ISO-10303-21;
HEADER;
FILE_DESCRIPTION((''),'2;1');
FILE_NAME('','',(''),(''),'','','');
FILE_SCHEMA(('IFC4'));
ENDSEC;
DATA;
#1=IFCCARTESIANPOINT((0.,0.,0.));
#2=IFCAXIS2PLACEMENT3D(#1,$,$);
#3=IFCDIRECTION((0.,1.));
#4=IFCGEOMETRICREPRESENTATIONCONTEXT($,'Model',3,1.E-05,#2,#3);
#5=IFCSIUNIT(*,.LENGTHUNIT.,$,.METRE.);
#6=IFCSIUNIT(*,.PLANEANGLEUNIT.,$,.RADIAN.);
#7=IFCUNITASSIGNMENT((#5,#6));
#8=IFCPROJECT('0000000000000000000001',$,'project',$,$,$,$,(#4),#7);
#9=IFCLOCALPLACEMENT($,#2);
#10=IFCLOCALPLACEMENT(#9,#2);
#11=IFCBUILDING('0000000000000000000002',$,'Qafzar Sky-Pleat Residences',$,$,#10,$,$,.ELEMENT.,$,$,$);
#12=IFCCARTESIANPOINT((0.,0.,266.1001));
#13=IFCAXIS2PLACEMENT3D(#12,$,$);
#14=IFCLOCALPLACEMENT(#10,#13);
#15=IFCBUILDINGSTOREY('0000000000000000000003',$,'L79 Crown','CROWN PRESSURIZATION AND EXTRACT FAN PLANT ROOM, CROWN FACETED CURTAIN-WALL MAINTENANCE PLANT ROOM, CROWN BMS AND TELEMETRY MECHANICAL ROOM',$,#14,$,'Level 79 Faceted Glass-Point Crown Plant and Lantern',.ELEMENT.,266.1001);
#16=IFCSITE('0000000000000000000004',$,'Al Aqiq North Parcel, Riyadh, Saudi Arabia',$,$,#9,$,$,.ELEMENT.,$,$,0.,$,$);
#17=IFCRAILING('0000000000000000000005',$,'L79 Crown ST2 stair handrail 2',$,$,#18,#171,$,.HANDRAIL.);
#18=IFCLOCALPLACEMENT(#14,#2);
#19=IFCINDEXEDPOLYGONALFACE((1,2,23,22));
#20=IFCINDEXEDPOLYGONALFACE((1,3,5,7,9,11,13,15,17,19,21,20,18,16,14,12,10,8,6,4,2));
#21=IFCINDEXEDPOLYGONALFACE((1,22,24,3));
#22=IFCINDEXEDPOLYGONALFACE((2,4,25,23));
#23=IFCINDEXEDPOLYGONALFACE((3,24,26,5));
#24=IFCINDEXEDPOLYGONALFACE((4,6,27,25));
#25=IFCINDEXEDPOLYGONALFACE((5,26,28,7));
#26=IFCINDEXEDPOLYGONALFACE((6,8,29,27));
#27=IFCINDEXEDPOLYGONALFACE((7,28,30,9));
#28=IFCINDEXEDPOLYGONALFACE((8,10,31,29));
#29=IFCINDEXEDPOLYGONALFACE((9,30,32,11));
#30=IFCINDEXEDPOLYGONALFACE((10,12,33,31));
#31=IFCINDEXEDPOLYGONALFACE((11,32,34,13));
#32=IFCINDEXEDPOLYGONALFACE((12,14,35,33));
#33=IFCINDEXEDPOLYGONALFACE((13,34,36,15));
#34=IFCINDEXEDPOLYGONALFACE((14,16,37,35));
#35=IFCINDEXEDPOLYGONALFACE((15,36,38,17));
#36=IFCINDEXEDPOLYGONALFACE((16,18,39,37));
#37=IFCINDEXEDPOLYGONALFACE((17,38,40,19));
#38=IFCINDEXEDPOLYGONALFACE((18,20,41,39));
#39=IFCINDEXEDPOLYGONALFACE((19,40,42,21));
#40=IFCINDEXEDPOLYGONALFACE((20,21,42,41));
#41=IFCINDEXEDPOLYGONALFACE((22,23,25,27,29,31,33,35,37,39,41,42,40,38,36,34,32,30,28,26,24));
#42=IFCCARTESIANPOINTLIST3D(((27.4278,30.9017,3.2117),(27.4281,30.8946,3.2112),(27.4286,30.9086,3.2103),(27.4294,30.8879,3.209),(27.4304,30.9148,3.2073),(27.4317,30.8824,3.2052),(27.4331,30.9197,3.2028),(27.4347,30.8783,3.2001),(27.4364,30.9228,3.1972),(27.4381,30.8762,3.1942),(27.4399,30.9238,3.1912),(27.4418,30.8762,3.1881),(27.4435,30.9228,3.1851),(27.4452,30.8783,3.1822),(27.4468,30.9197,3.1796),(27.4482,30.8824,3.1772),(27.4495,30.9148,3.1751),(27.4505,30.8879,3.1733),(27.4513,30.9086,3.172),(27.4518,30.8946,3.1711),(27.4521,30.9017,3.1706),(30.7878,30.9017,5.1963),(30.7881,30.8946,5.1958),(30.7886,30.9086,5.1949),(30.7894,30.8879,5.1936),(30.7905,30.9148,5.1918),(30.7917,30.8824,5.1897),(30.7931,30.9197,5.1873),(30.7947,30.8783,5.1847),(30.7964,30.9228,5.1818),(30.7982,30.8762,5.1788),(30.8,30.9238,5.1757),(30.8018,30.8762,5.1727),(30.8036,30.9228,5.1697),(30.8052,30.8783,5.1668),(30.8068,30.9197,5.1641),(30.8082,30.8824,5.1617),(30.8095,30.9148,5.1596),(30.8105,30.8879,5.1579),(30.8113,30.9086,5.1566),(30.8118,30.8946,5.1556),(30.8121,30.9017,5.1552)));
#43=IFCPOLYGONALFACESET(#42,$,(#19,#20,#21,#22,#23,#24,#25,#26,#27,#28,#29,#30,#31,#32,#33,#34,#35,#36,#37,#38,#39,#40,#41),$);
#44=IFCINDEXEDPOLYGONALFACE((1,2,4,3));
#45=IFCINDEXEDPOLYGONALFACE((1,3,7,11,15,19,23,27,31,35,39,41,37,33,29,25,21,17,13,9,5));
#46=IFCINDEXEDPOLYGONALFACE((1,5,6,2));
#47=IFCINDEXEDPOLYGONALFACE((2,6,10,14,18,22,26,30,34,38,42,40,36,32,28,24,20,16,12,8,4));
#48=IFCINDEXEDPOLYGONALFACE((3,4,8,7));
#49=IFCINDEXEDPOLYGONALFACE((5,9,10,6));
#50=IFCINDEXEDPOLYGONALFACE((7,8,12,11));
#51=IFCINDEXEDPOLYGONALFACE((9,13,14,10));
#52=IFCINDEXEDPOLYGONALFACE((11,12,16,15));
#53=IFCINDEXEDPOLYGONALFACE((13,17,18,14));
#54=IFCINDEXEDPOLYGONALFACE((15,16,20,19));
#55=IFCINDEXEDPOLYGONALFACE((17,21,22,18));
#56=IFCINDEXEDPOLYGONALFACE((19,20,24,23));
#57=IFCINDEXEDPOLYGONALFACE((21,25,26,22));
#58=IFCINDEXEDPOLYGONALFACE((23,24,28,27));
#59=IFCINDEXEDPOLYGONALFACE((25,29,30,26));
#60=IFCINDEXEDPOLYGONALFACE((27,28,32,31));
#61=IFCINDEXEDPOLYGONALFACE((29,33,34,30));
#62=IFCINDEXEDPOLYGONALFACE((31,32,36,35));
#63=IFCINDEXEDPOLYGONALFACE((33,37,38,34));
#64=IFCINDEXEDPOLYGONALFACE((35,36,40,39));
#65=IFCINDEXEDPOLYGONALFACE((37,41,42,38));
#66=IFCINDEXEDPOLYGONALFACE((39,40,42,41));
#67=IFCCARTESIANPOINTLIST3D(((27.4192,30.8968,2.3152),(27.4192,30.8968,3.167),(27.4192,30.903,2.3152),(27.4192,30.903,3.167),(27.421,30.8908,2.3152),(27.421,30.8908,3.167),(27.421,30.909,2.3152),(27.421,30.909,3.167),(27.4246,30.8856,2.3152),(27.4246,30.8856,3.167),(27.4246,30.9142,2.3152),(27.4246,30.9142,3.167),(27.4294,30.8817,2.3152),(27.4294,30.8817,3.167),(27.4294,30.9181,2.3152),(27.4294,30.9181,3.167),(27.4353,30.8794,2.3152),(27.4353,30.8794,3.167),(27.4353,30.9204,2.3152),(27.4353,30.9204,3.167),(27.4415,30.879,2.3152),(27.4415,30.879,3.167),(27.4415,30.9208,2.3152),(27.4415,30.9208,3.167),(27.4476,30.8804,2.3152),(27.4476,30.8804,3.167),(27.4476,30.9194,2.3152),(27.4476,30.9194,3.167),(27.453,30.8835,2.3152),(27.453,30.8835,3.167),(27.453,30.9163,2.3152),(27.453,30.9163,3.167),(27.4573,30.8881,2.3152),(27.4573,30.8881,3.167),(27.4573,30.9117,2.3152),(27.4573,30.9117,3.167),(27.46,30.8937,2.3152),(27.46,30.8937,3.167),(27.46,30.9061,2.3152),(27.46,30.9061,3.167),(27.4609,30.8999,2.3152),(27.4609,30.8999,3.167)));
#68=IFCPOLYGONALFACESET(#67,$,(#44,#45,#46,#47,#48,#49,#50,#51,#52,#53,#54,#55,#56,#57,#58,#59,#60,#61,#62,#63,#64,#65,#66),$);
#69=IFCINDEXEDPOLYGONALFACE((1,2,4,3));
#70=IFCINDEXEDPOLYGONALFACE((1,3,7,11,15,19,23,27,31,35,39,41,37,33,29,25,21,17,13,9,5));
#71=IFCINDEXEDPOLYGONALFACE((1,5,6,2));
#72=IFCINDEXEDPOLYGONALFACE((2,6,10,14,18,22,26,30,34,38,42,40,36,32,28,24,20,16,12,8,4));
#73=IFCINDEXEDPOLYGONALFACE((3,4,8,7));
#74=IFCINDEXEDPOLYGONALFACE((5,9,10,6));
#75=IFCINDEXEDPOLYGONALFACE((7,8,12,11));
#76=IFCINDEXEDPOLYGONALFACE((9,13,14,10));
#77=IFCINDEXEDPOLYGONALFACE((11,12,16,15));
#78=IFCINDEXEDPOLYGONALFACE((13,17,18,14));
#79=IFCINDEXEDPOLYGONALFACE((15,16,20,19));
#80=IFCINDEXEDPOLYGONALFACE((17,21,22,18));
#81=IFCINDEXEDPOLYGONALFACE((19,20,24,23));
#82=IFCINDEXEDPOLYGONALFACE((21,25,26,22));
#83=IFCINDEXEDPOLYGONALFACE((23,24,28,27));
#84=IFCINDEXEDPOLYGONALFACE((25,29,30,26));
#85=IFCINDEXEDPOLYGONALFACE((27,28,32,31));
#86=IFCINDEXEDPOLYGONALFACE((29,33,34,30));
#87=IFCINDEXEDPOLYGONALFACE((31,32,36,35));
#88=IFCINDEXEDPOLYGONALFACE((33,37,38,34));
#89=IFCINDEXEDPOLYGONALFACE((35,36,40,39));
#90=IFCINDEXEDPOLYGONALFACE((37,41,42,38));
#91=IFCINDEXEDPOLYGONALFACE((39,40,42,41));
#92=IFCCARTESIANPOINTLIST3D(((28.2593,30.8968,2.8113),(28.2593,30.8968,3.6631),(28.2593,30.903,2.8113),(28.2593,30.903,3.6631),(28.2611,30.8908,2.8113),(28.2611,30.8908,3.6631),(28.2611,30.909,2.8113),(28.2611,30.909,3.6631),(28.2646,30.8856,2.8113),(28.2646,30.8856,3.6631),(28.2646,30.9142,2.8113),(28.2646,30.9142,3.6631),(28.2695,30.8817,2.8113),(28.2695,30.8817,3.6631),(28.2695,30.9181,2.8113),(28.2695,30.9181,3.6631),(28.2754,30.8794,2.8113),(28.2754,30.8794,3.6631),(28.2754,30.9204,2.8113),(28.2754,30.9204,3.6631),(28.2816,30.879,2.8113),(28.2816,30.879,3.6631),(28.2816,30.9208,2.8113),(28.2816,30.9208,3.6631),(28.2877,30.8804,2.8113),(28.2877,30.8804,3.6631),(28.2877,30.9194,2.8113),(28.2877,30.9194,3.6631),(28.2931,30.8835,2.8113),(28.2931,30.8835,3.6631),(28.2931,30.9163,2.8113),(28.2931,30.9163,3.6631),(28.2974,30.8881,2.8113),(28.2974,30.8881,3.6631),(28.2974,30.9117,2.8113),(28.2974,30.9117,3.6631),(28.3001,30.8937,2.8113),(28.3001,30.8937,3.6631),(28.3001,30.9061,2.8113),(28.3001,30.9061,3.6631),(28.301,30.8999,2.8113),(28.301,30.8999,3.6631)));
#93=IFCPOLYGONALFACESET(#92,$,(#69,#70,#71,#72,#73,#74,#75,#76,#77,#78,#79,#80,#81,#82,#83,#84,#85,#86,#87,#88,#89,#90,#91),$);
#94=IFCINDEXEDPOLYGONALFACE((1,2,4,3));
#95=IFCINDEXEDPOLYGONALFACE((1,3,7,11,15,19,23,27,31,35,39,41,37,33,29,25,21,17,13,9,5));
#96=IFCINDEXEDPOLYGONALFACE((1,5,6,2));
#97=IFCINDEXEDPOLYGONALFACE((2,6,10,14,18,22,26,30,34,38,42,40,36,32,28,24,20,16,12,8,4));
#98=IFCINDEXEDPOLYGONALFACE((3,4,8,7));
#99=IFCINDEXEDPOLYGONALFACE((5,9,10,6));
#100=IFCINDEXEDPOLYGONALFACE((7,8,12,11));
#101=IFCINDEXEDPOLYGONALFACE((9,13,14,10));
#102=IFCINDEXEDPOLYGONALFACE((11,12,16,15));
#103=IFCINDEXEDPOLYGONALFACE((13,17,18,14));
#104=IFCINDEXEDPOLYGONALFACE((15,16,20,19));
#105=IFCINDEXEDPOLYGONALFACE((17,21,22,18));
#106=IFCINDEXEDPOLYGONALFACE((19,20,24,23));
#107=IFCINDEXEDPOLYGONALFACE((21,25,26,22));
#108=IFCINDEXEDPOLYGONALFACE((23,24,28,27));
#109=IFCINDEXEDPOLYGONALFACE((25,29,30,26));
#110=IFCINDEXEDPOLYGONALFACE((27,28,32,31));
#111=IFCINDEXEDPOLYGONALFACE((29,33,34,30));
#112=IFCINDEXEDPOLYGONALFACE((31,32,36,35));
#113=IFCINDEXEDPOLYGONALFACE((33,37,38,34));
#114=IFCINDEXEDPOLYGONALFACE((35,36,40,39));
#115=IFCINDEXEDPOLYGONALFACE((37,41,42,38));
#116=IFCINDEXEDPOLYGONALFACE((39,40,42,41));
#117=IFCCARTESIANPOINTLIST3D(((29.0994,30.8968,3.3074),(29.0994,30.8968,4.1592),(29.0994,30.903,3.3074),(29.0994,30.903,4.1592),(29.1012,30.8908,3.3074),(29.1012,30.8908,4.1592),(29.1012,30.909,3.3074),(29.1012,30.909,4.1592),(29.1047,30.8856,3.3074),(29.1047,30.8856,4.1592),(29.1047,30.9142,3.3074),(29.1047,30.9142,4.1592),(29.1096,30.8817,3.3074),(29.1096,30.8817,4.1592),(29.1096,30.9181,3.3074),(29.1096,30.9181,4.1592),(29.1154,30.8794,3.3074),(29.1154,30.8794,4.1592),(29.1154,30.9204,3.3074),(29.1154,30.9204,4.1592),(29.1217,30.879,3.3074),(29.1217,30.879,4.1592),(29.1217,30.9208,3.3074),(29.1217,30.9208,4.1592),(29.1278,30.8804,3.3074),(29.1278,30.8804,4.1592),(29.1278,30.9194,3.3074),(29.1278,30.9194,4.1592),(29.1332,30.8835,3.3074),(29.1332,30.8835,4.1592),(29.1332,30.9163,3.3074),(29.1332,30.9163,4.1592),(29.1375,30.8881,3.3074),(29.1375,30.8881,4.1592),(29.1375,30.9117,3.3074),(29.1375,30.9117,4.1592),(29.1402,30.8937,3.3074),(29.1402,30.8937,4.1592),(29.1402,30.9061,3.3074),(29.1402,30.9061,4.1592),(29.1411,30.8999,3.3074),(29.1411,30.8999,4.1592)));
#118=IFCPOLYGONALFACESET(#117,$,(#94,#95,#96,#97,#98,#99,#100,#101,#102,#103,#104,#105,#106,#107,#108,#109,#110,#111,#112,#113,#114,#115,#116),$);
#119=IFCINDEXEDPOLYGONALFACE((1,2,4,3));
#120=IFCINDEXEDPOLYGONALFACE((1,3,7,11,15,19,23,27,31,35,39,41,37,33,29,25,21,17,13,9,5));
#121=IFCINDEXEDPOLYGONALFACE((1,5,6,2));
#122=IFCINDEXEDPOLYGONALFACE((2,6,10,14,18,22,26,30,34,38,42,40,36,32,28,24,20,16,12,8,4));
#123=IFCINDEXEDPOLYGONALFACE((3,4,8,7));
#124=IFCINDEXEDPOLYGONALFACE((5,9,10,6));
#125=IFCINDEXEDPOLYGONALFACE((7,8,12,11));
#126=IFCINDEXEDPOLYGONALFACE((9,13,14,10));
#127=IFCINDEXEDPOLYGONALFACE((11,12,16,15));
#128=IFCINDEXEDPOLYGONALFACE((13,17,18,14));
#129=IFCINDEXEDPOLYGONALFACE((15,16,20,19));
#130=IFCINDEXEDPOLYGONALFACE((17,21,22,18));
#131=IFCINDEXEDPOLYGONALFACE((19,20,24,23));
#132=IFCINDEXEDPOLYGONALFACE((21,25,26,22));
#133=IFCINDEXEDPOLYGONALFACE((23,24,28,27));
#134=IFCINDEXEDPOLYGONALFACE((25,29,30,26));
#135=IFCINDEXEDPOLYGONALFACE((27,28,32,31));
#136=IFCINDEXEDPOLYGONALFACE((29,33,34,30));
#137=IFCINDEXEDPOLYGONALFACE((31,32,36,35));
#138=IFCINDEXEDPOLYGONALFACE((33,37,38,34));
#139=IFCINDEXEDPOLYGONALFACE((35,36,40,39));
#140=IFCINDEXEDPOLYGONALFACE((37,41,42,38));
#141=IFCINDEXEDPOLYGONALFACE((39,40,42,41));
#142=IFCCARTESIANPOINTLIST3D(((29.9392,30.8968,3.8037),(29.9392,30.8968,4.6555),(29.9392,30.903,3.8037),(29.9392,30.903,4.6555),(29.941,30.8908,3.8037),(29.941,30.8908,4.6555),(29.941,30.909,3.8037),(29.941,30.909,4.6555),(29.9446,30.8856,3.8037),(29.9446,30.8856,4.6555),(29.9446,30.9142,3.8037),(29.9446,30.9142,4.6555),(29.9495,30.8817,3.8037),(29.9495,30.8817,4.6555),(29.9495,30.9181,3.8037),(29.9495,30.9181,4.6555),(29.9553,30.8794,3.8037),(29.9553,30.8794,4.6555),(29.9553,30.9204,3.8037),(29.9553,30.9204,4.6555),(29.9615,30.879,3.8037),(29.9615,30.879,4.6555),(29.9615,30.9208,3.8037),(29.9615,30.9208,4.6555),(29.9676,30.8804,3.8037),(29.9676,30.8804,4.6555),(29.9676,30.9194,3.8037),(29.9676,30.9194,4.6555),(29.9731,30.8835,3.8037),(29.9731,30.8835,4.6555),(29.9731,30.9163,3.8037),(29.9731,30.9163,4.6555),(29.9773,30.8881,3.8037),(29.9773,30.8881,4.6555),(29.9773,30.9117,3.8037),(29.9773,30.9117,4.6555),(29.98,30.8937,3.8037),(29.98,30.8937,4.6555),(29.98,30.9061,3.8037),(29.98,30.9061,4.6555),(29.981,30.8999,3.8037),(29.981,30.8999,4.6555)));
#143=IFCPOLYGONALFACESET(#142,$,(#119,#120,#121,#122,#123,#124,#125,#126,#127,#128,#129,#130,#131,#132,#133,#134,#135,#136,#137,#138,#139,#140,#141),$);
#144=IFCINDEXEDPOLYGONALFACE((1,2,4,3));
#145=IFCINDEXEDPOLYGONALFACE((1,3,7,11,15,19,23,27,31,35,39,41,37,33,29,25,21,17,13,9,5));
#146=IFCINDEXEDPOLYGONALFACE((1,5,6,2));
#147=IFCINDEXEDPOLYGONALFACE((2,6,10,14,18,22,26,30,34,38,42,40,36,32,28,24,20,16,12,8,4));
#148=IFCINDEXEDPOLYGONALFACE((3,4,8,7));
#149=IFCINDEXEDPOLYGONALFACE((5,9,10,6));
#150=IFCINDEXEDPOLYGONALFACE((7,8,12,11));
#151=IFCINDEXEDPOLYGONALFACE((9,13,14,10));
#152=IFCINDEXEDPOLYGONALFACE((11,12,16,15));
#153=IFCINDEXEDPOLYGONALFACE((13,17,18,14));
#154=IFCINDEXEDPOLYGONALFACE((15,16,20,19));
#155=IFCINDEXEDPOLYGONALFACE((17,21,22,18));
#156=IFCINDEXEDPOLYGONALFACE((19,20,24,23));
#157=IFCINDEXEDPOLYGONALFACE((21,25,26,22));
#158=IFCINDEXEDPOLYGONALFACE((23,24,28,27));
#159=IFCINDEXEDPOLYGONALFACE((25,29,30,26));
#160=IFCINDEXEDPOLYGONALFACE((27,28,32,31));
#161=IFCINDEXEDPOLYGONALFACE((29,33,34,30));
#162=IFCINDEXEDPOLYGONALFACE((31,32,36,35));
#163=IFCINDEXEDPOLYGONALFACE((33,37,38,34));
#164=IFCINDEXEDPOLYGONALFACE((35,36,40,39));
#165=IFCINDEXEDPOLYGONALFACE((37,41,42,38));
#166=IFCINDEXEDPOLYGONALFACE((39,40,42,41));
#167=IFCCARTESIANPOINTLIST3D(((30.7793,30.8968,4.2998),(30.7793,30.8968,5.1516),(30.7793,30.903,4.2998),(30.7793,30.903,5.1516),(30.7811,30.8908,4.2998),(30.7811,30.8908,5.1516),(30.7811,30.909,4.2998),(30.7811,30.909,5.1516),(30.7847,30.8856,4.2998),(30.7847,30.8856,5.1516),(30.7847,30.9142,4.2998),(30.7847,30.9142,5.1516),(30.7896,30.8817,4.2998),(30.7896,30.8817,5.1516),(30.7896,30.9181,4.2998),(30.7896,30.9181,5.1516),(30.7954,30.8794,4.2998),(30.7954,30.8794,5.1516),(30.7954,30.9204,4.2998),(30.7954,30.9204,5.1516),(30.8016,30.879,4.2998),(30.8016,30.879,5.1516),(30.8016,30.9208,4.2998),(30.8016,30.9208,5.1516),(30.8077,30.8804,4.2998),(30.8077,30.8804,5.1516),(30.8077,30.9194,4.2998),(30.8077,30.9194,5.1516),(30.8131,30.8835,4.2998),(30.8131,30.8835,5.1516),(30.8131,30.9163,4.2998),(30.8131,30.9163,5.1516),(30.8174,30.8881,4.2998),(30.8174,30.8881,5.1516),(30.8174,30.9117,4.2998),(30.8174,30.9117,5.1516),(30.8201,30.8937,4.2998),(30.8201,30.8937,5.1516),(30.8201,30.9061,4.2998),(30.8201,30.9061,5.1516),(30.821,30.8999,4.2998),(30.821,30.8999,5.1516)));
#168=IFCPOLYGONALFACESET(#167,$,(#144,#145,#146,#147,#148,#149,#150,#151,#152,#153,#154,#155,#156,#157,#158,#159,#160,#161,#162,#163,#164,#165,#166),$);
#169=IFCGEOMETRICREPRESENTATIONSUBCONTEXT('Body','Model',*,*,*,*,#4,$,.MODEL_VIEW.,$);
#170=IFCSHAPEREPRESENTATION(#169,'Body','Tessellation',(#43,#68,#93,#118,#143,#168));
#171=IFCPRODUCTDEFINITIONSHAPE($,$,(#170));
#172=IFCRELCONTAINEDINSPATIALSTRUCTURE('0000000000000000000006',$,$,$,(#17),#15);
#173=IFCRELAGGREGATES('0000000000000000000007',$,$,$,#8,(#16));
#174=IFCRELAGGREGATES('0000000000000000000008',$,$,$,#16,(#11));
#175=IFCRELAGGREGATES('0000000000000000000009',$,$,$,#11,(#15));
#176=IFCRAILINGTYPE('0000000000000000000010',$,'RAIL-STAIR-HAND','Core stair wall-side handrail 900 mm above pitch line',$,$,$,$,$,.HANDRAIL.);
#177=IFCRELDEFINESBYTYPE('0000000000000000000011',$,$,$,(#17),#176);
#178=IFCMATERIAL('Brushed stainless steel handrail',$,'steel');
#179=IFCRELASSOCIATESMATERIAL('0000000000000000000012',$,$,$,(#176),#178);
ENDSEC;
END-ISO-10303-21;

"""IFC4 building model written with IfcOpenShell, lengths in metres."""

from ifc_helpers import new_model, si_unit, direction, frame, origin, origin_2d, place, context, subcontext, project, spatial, circle, extrude, source, transform, mapped, material, type_object, element, save


model = new_model("IFC4")

# Units and contexts
model_context = context("Model", 3, precision=1e-05, world=origin(), true_north=direction((0.0, 1.0)))
body_context = subcontext(model_context, "Body", "Model", "MODEL_VIEW")
ifc_project = project(units=[si_unit("LENGTHUNIT", "METRE"), si_unit("PLANEANGLEUNIT", "RADIAN")], contexts=[model_context])

# Site, building, storey
site_placement = place(None, origin())
site = spatial("IfcSite", under=ifc_project, at=site_placement, Name="Al Aqiq North Parcel, Riyadh, Saudi Arabia", CompositionType="ELEMENT", RefElevation=0.0)
building_placement = place(site_placement, origin())
building = spatial("IfcBuilding", under=site, at=building_placement, Name="Qafzar Sky-Pleat Residences", CompositionType="ELEMENT")
storey_placement = place(building_placement, frame((0.0, 0.0, 266.1001)))
storey = spatial("IfcBuildingStorey", under=building, at=storey_placement, Name="L79 Crown", Description="CROWN PRESSURIZATION AND EXTRACT FAN PLANT ROOM, CROWN FACETED CURTAIN-WALL MAINTENANCE PLANT ROOM, CROWN BMS AND TELEMETRY MECHANICAL ROOM", LongName="Level 79 Faceted Glass-Point Crown Plant and Lantern", CompositionType="ELEMENT", Elevation=266.1001)

# Railing
ifc_material_1 = material(Name="Brushed stainless steel handrail", Category="steel")
railing_type_1 = type_object("IfcRailingType", Name="RAIL-STAIR-HAND", Description="Core stair wall-side handrail 900 mm above pitch line", PredefinedType="HANDRAIL", material=ifc_material_1)
shared_shape_1 = source(origin(), body_context, "Body", "SweptSolid", [
    extrude(circle(Radius=0.0239, at=origin_2d()), frame((0.0, 0.0, 0.876), z_axis=(0.861027, 0.0, 0.508559), x_axis=(0.0, 1.0, 0.0)), (0.0, 0.0, 1.0), 3.9023),
    extrude(circle(Radius=0.021, at=origin_2d()), origin(), (0.0, 0.0, 1.0), 0.8518),
    extrude(circle(Radius=0.021, at=origin_2d()), frame((0.8401, 0.0, 0.4961)), (0.0, 0.0, 1.0), 0.8518),
    extrude(circle(Radius=0.021, at=origin_2d()), frame((1.6802, 0.0, 0.9922)), (0.0, 0.0, 1.0), 0.8518),
    extrude(circle(Radius=0.021, at=origin_2d()), frame((2.52, 0.0, 1.4885)), (0.0, 0.0, 1.0), 0.8518),
    extrude(circle(Radius=0.021, at=origin_2d()), frame((3.3601, 0.0, 1.9846)), (0.0, 0.0, 1.0), 0.8518),
])
railing_1_placement = place(storey_placement, frame((27.4399, 30.8999, 2.3152)))
element("IfcRailing", 1, at=railing_1_placement, inside=storey, type_object=railing_type_1, Name="L79 Crown ST2 stair handrail 2", PredefinedType="HANDRAIL", context=body_context, shape_type="MappedRepresentation", body=[
    mapped(shared_shape_1, transform((0.0, 0.0, 0.0), x_axis=(1.0, 0.0, 0.0), y_axis=(0.0, 1.0, 0.0), z_axis=(0.0, 0.0, 1.0), scale=1.0)),
])

save(model, "model.ifc")
